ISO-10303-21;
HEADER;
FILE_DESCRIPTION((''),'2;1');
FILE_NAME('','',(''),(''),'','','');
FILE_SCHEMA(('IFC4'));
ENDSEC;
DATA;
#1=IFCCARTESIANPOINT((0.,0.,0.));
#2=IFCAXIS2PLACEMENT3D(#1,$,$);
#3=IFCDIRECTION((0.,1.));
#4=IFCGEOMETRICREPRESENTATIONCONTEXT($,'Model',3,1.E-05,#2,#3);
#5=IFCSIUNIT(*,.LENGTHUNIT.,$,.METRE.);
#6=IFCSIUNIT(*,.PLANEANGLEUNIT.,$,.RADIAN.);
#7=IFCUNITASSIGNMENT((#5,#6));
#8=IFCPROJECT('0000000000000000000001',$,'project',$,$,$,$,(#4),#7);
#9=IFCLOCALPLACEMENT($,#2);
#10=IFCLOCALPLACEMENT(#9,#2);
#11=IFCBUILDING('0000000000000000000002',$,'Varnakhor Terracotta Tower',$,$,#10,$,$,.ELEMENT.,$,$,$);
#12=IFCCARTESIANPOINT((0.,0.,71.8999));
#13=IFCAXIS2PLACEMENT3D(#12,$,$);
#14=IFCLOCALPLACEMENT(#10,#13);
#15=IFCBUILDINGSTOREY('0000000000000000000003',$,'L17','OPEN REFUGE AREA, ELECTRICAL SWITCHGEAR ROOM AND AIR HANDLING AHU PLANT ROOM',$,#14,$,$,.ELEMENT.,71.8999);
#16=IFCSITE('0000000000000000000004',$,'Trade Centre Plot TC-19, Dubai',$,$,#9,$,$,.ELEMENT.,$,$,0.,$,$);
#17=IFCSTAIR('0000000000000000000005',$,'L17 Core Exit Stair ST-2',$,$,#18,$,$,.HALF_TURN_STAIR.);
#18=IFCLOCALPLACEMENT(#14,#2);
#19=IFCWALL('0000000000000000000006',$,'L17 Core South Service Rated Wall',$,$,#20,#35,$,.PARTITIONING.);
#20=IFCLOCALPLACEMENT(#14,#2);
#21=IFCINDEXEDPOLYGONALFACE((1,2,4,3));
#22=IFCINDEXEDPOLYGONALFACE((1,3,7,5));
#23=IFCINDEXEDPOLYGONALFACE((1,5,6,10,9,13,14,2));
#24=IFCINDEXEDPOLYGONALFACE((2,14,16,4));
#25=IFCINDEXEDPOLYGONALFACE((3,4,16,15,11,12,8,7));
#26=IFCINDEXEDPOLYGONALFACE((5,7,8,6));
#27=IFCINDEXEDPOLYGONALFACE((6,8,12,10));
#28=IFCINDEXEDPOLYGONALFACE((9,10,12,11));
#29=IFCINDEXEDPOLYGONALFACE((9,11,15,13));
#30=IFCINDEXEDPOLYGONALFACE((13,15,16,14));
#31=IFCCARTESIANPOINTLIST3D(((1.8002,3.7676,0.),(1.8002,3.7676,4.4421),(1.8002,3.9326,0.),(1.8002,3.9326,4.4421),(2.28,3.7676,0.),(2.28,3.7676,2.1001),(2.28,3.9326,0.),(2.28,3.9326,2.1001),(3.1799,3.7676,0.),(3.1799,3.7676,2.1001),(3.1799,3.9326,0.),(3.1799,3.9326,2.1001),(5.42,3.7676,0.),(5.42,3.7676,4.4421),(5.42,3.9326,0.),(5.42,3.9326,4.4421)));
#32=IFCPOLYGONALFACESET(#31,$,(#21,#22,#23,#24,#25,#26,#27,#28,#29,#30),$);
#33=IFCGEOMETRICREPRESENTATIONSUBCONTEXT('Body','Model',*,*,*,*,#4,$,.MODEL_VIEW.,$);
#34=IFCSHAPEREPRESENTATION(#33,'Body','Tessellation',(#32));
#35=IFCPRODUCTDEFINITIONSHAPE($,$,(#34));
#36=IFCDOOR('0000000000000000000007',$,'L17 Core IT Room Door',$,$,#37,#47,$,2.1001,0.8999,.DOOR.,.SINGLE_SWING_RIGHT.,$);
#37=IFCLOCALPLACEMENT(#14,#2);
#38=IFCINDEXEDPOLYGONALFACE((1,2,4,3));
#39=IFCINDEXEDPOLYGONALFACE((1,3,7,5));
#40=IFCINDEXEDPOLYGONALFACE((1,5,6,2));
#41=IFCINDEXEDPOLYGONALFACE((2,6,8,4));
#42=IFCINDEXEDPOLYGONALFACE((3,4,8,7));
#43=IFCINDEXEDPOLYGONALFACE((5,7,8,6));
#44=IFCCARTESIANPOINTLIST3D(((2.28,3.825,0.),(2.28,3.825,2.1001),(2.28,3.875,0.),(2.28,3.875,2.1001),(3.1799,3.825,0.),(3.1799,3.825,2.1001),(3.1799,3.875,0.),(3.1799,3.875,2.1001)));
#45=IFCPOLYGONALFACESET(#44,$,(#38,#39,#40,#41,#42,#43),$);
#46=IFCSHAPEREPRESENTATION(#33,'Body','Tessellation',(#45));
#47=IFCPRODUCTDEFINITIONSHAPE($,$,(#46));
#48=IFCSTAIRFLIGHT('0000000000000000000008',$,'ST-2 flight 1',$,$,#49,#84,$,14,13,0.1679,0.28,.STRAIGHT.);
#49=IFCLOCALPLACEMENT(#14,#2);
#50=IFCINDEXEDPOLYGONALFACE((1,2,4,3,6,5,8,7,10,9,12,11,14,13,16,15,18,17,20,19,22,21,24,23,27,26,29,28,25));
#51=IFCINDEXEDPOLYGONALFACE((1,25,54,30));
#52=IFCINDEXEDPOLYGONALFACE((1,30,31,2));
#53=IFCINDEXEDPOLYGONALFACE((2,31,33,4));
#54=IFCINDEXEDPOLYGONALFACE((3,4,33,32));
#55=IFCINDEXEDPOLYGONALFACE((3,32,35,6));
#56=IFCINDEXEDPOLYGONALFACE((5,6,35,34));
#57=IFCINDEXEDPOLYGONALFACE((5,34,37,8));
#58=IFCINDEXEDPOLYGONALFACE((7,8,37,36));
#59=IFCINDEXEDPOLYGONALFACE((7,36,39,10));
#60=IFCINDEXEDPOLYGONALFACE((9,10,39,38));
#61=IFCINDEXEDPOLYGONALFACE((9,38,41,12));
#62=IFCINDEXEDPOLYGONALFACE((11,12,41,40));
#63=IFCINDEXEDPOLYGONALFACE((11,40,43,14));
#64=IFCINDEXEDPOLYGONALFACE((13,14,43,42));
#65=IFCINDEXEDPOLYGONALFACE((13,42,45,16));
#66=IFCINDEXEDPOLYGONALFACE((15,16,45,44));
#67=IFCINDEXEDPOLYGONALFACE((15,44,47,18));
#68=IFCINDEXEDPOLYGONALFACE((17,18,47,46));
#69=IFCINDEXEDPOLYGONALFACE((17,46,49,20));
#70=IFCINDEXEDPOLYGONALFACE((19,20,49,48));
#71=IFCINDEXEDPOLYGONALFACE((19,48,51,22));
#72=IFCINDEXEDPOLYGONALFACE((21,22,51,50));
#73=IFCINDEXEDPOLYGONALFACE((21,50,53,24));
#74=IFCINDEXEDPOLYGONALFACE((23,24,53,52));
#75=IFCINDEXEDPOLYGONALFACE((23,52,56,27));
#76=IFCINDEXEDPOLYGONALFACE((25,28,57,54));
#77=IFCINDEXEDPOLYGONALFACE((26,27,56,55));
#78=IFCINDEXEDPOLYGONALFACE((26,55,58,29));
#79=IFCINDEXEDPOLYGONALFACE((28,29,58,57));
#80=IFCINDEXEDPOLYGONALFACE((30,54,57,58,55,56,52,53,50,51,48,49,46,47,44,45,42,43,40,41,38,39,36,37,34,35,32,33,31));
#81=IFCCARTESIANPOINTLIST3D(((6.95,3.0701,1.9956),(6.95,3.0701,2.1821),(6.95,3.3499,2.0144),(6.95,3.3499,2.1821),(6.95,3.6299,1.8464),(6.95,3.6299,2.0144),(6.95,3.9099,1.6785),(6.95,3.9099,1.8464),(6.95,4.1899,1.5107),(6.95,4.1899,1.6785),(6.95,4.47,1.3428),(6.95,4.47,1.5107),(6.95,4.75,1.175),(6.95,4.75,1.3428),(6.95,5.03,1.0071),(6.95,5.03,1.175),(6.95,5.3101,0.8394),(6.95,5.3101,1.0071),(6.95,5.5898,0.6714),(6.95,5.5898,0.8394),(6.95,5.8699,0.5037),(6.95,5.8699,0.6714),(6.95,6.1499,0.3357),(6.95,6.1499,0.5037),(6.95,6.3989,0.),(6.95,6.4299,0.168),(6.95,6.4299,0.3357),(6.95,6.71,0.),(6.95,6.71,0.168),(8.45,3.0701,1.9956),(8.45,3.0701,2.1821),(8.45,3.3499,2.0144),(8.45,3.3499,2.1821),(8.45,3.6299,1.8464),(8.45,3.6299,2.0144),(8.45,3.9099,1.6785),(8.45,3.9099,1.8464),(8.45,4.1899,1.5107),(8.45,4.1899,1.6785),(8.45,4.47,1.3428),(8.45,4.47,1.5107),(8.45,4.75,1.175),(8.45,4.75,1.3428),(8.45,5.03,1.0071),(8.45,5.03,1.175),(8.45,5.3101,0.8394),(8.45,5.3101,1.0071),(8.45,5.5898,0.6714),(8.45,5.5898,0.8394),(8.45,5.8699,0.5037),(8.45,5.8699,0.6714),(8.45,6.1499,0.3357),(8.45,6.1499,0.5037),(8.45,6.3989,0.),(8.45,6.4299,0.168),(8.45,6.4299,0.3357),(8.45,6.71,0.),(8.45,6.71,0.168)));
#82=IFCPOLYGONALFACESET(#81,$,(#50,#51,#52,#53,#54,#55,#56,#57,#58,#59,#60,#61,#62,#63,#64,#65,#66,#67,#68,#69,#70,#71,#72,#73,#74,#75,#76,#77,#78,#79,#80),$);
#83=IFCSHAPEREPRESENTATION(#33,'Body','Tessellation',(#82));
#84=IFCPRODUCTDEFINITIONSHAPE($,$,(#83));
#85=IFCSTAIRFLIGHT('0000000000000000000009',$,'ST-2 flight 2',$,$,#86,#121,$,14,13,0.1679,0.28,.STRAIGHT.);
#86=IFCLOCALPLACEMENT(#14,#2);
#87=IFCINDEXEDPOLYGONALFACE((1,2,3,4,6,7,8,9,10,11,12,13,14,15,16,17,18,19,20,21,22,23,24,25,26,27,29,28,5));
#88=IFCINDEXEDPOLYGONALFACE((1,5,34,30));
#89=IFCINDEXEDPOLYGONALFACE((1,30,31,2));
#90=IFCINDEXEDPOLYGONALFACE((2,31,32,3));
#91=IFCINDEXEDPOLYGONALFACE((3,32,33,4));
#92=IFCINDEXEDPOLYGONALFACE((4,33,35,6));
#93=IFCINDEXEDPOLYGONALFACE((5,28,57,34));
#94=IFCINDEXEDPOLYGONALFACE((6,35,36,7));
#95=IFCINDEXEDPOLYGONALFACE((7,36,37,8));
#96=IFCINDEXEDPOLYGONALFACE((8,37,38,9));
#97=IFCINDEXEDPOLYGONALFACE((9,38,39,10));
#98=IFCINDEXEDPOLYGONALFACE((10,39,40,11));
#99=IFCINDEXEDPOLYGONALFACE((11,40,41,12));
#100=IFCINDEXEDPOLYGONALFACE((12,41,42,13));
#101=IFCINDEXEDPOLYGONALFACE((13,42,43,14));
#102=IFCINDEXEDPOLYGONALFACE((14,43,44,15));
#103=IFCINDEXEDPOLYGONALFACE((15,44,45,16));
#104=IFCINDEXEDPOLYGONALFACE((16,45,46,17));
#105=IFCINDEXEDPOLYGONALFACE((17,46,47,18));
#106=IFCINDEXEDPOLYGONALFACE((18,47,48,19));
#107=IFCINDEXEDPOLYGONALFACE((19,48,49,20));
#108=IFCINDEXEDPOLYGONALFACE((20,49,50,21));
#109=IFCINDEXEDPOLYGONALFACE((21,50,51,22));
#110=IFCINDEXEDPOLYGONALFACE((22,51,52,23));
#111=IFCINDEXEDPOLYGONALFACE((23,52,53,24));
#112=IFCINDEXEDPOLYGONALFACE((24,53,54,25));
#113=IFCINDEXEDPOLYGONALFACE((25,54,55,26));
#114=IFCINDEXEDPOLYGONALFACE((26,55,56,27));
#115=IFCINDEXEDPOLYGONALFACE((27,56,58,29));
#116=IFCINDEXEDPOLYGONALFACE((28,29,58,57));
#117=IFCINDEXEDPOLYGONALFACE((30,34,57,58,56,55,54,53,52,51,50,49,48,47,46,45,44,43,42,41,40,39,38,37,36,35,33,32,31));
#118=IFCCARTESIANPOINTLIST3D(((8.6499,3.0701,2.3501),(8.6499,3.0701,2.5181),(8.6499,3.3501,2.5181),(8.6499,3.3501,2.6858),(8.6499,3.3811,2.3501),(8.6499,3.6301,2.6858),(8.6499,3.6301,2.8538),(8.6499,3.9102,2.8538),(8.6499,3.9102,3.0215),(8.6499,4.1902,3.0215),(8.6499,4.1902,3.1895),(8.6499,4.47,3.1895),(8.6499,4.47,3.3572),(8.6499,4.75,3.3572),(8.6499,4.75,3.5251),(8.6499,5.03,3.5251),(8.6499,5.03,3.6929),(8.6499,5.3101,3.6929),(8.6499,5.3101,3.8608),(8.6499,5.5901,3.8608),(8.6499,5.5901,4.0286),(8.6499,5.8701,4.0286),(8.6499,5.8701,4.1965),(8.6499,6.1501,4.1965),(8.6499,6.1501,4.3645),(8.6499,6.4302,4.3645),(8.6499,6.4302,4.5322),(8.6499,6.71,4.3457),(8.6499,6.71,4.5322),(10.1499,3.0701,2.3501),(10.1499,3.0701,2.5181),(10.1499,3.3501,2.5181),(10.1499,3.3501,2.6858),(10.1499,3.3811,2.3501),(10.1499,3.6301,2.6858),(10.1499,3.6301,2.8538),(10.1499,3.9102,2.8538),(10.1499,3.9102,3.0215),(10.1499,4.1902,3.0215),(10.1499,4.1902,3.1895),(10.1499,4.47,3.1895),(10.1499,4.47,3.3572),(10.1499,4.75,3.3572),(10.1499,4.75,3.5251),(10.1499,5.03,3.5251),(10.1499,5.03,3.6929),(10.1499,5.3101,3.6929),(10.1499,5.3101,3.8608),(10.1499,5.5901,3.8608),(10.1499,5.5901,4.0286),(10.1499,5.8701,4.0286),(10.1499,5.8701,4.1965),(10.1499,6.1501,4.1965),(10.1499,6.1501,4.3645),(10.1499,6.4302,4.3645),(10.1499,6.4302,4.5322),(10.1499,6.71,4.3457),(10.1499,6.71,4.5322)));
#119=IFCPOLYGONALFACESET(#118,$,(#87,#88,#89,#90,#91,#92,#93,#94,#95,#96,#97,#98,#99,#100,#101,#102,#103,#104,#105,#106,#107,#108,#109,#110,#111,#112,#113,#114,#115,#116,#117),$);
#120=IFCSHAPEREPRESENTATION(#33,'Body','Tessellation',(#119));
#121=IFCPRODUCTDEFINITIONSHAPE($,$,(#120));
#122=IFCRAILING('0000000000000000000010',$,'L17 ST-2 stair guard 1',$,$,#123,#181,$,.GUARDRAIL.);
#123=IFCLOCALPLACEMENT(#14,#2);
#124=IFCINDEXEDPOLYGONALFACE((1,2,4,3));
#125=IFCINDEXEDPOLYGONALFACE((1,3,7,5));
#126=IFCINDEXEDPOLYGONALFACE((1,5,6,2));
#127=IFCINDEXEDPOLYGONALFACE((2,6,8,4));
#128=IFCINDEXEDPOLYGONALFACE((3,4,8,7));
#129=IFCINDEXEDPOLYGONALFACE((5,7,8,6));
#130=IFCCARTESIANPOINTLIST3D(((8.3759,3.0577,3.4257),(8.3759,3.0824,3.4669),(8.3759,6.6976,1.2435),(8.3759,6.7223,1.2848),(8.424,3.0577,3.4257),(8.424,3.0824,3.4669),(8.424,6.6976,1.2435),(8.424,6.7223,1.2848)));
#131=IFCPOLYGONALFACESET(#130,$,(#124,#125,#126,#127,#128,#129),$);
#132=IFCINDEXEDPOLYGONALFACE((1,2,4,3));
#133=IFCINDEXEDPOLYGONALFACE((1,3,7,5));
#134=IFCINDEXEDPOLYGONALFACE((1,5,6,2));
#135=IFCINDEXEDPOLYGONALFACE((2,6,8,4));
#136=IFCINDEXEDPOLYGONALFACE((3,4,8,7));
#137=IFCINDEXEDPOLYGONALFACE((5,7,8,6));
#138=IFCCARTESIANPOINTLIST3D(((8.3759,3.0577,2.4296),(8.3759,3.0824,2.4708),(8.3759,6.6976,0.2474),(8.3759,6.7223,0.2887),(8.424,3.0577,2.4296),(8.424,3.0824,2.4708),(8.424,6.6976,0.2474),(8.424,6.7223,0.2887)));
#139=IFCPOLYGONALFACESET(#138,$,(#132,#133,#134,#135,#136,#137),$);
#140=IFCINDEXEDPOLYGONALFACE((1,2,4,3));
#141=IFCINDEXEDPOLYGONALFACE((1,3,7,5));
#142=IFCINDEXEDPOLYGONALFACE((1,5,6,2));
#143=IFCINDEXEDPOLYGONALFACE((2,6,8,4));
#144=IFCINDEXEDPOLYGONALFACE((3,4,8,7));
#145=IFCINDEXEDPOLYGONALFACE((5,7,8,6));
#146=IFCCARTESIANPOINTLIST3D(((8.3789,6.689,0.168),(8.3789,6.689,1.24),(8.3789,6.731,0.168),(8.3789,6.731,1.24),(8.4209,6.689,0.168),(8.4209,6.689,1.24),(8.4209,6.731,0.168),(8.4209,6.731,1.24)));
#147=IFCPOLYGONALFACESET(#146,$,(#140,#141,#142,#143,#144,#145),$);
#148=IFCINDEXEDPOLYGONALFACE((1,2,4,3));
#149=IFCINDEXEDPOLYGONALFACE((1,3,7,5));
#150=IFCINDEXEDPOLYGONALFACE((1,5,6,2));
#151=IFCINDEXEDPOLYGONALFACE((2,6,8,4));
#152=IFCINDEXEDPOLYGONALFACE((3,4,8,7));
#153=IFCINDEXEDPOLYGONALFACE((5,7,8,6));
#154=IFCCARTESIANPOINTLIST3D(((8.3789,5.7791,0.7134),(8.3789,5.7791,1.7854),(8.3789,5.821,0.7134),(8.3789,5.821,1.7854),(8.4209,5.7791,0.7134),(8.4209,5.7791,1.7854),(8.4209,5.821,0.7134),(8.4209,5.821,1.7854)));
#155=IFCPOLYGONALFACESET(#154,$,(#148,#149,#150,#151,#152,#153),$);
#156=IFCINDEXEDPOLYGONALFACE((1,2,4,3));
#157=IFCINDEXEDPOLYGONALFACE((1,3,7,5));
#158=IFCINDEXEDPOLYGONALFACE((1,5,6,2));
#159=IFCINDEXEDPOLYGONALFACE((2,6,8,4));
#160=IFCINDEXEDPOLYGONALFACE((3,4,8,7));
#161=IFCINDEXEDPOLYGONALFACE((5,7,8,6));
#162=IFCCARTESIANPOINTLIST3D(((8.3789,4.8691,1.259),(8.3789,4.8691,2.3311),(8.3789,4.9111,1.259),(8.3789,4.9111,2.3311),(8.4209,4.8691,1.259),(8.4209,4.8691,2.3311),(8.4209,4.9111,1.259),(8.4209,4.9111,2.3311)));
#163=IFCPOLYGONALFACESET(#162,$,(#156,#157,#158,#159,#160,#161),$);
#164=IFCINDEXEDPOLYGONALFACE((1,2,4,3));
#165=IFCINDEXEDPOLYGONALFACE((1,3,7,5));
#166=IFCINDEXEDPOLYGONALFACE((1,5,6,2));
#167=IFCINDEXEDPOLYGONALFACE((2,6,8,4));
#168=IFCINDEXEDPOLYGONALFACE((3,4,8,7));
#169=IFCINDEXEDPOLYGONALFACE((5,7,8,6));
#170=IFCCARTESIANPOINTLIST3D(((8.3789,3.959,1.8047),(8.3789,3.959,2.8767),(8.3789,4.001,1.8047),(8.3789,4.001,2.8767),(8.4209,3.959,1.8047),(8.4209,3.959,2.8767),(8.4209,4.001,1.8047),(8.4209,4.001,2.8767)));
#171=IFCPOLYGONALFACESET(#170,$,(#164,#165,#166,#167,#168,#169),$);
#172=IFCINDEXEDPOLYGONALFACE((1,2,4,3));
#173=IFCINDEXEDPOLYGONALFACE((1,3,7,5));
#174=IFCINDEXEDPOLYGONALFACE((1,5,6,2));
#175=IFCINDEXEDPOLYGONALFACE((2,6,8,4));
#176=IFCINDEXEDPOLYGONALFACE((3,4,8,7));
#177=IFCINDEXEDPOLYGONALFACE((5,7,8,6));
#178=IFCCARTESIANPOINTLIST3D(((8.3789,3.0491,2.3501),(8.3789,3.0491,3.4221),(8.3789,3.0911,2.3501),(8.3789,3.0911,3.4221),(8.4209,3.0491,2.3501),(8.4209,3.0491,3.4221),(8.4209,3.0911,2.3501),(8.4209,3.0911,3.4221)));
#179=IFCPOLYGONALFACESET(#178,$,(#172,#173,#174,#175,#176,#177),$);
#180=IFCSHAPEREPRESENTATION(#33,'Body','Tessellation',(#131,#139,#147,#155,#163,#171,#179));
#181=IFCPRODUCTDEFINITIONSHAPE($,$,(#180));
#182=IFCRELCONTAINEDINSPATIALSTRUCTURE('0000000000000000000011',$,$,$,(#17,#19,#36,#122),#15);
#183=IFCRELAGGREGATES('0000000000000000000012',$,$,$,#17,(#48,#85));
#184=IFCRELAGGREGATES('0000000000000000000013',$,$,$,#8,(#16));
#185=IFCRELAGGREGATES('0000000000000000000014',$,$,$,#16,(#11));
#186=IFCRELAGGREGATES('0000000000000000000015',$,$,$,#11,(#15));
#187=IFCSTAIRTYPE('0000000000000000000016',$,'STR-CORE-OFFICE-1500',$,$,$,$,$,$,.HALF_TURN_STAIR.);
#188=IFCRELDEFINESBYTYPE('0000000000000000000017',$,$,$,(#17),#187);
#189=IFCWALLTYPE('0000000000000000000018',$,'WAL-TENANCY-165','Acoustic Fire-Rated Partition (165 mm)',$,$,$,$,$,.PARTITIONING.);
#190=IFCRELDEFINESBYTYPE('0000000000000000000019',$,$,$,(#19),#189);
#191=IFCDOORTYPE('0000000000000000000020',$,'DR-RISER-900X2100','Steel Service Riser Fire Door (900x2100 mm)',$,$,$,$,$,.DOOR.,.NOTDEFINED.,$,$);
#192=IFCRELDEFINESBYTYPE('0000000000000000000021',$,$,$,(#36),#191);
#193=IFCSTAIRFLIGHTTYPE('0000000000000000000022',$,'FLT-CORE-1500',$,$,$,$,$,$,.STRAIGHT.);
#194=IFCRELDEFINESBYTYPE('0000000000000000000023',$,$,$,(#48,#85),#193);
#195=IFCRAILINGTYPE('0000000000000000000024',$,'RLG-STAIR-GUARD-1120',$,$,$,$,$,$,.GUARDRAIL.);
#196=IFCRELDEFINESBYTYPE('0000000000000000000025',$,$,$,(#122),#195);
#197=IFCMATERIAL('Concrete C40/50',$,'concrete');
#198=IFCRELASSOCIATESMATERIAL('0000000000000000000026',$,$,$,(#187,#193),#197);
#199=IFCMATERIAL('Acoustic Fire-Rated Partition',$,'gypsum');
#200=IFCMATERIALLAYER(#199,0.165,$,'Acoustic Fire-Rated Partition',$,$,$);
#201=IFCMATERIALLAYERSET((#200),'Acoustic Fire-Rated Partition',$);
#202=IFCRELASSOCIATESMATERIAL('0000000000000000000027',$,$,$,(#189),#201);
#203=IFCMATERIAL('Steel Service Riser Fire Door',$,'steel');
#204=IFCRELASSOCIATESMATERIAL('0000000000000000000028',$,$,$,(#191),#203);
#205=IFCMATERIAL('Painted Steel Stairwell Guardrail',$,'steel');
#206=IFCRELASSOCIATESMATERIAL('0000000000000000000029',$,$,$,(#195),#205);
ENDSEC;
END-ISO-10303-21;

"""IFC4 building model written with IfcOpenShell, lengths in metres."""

from ifc_helpers import new_model, si_unit, direction, frame, frame_2d, origin, origin_2d, place, context, subcontext, project, spatial, polyline, rectangle, outline, extrude, source, transform, mapped, material, layer, layer_set, type_object, type_shapes, element, fill, aggregate, save


model = new_model("IFC4")

# Units and contexts
model_context = context("Model", 3, precision=1e-05, world=origin(), true_north=direction((0.0, 1.0)))
body_context = subcontext(model_context, "Body", "Model", "MODEL_VIEW")
ifc_project = project(units=[si_unit("LENGTHUNIT", "METRE"), si_unit("PLANEANGLEUNIT", "RADIAN")], contexts=[model_context])

# Site, building, storey
site_placement = place(None, origin())
site = spatial("IfcSite", under=ifc_project, at=site_placement, Name="Trade Centre Plot TC-19, Dubai", CompositionType="ELEMENT", RefElevation=0.0)
building_placement = place(site_placement, origin())
building = spatial("IfcBuilding", under=site, at=building_placement, Name="Varnakhor Terracotta Tower", CompositionType="ELEMENT")
storey_placement = place(building_placement, frame((0.0, 0.0, 71.8999)))
storey = spatial("IfcBuildingStorey", under=building, at=storey_placement, Name="L17", Description="OPEN REFUGE AREA, ELECTRICAL SWITCHGEAR ROOM AND AIR HANDLING AHU PLANT ROOM", CompositionType="ELEMENT", Elevation=71.8999)

# Stair
ifc_material_1 = material(Name="Concrete C40/50", Category="concrete")
stair_type = type_object("IfcStairType", Name="STR-CORE-OFFICE-1500", PredefinedType="HALF_TURN_STAIR", material=ifc_material_1)
stair_1_placement = place(storey_placement, origin())
stair_1 = element("IfcStair", 1, at=stair_1_placement, inside=storey, type_object=stair_type, Name="L17 Core Exit Stair ST-2", PredefinedType="HALF_TURN_STAIR")

# Shared definitions
ifc_material_2 = material(Name="Acoustic Fire-Rated Partition", Category="gypsum")
ifc_layer_1 = layer(ifc_material_2, 0.165, Name="Acoustic Fire-Rated Partition")
ifc_layer_set_1 = layer_set([ifc_layer_1], Name="Acoustic Fire-Rated Partition")
wall_type_1 = type_object("IfcWallType", Name="WAL-TENANCY-165", Description="Acoustic Fire-Rated Partition (165 mm)", PredefinedType="PARTITIONING", material=ifc_layer_set_1)

# Wall, opening, door
ifc_material_3 = material(Name="Steel Service Riser Fire Door", Category="steel")
door_type_1 = type_object("IfcDoorType", Name="DR-RISER-900X2100", Description="Steel Service Riser Fire Door (900x2100 mm)", OperationType="NOTDEFINED", PredefinedType="DOOR", material=ifc_material_3)
shared_shape_1 = source(origin(), body_context, "Body", "SweptSolid", [
    extrude(rectangle(XDim=0.8999, YDim=2.1001, at=frame_2d((0.45, 1.05))), frame((0.0, 0.0249, 0.0), z_axis=(0.0, -1.0, 0.0), x_axis=(1.0, 0.0, 0.0)), (0.0, 0.0, 1.0), 0.05),
])
type_shapes(door_type_1, [shared_shape_1])
wall_1_placement = place(storey_placement, frame((1.8, 3.8501, 0.0), z_axis=(0.0, 0.0, 1.0), x_axis=(1.0, 0.0, 0.0)))
wall_1 = element("IfcWall", 2, at=wall_1_placement, inside=storey, type_object=wall_type_1, Name="L17 Core South Service Rated Wall", PredefinedType="PARTITIONING", context=body_context, shape_type="SweptSolid", body=[
    extrude(rectangle(XDim=3.6199, YDim=0.165, at=frame_2d((1.8101, 0.0))), origin(), (0.0, 0.0, 1.0), 4.4421),
])
opening_1_placement = place(wall_1_placement, frame((0.48, 0.0, 0.0)))
opening_1 = element("IfcOpeningElement", 3, at=opening_1_placement, cuts=wall_1, PredefinedType="OPENING", context=body_context, shape_type="SweptSolid", body=[
    extrude(rectangle(XDim=0.8999, YDim=2.1001, at=frame_2d((0.45, 1.05))), frame((0.0, 0.0925, 0.0), z_axis=(0.0, -1.0, 0.0), x_axis=(1.0, 0.0, 0.0)), (0.0, 0.0, 1.0), 0.1851),
])
door_1_placement = place(opening_1_placement, origin())
door_1 = element("IfcDoor", 4, at=door_1_placement, inside=storey, type_object=door_type_1, Name="L17 Core IT Room Door", OperationType="SINGLE_SWING_RIGHT", OverallHeight=2.1001, OverallWidth=0.8999, PredefinedType="DOOR", context=body_context, shape_type="MappedRepresentation", body=[
    mapped(shared_shape_1, transform((0.0, 0.0, 0.0), scale=1.0)),
])
fill(opening_1, door_1)

# Stair flights
stair_flight_type = type_object("IfcStairFlightType", Name="FLT-CORE-1500", PredefinedType="STRAIGHT", material=ifc_material_1)
stair_flight_1_placement = place(storey_placement, frame((7.7, 6.71, 0.0), z_axis=(0.0, 0.0, 1.0), x_axis=(0.0, -1.0, 0.0)))
stair_flight_1 = element("IfcStairFlight", 5, at=stair_flight_1_placement, type_object=stair_flight_type, Name="ST-2 flight 1", NumberOfRisers=14, NumberOfTreads=13, PredefinedType="STRAIGHT", RiserHeight=0.1679, TreadLength=0.28, context=body_context, shape_type="SweptSolid", body=[
    extrude(outline(polyline([(0.0, 0.0), (0.0, 0.168), (0.28, 0.168), (0.28, 0.3357), (0.5601, 0.3357), (0.5601, 0.5037), (0.8401, 0.5037), (0.8401, 0.6714), (1.1201, 0.6714), (1.1201, 0.8394), (1.3999, 0.8394), (1.3999, 1.0071), (1.6799, 1.0071), (1.6799, 1.175), (1.96, 1.175), (1.96, 1.3428), (2.24, 1.3428), (2.24, 1.5107), (2.52, 1.5107), (2.52, 1.6785), (2.8, 1.6785), (2.8, 1.8464), (3.0801, 1.8464), (3.0801, 2.0144), (3.3601, 2.0144), (3.3601, 2.1821), (3.6399, 2.1821), (3.6399, 2.3501), (3.6399, 1.9956), (0.311, 0.0), (0.0, 0.0)])), frame((0.0, 0.75, 0.0), z_axis=(0.0, -1.0, 0.0), x_axis=(1.0, 0.0, 0.0)), (0.0, 0.0, 1.0), 1.5),
])
stair_flight_2_placement = place(storey_placement, frame((9.3999, 3.0701, 2.3501), z_axis=(0.0, 0.0, 1.0), x_axis=(0.0, 1.0, 0.0)))
stair_flight_2 = element("IfcStairFlight", 6, at=stair_flight_2_placement, type_object=stair_flight_type, Name="ST-2 flight 2", NumberOfRisers=14, NumberOfTreads=13, PredefinedType="STRAIGHT", RiserHeight=0.1679, TreadLength=0.28, context=body_context, shape_type="SweptSolid", body=[
    extrude(outline(polyline([(0.0, 0.0), (0.0, 0.168), (0.28, 0.168), (0.28, 0.3357), (0.5601, 0.3357), (0.5601, 0.5037), (0.8401, 0.5037), (0.8401, 0.6714), (1.1201, 0.6714), (1.1201, 0.8394), (1.3999, 0.8394), (1.3999, 1.0071), (1.6799, 1.0071), (1.6799, 1.175), (1.96, 1.175), (1.96, 1.3428), (2.24, 1.3428), (2.24, 1.5107), (2.52, 1.5107), (2.52, 1.6785), (2.8, 1.6785), (2.8, 1.8464), (3.0801, 1.8464), (3.0801, 2.0144), (3.3601, 2.0144), (3.3601, 2.1821), (3.6399, 2.1821), (3.6399, 2.3501), (3.6399, 1.9956), (0.311, 0.0), (0.0, 0.0)])), frame((0.0, 0.75, 0.0), z_axis=(0.0, -1.0, 0.0), x_axis=(1.0, 0.0, 0.0)), (0.0, 0.0, 1.0), 1.5),
])
aggregate(stair_1, [stair_flight_1, stair_flight_2])

# Railing
ifc_material_4 = material(Name="Painted Steel Stairwell Guardrail", Category="steel")
railing_type_1 = type_object("IfcRailingType", Name="RLG-STAIR-GUARD-1120", PredefinedType="GUARDRAIL", material=ifc_material_4)
railing_1_placement = place(storey_placement, frame((8.3999, 6.71, 0.168)))
element("IfcRailing", 7, at=railing_1_placement, inside=storey, type_object=railing_type_1, Name="L17 ST-2 stair guard 1", PredefinedType="GUARDRAIL", context=body_context, shape_type="SweptSolid", body=[
    extrude(rectangle(XDim=0.0481, YDim=0.0481, at=origin_2d()), frame((0.0, 0.0, 1.0962), z_axis=(0.0, -0.857681, 0.514183), x_axis=(1.0, 0.0, 0.0)), (0.0, 0.0, 1.0), 4.2439),
    extrude(rectangle(XDim=0.0481, YDim=0.0481, at=origin_2d()), frame((0.0, 0.0, 0.1001), z_axis=(0.0, -0.857681, 0.514183), x_axis=(1.0, 0.0, 0.0)), (0.0, 0.0, 1.0), 4.2439),
    extrude(rectangle(XDim=0.042, YDim=0.042, at=origin_2d()), origin(), (0.0, 0.0, 1.0), 1.072),
    extrude(rectangle(XDim=0.042, YDim=0.042, at=origin_2d()), frame((0.0, -0.9099, 0.5454)), (0.0, 0.0, 1.0), 1.072),
    extrude(rectangle(XDim=0.042, YDim=0.042, at=origin_2d()), frame((0.0, -1.8198, 1.0911)), (0.0, 0.0, 1.0), 1.072),
    extrude(rectangle(XDim=0.042, YDim=0.042, at=origin_2d()), frame((0.0, -2.73, 1.6367)), (0.0, 0.0, 1.0), 1.072),
    extrude(rectangle(XDim=0.042, YDim=0.042, at=origin_2d()), frame((0.0, -3.6399, 2.1821)), (0.0, 0.0, 1.0), 1.072),
])

save(model, "model.ifc")
